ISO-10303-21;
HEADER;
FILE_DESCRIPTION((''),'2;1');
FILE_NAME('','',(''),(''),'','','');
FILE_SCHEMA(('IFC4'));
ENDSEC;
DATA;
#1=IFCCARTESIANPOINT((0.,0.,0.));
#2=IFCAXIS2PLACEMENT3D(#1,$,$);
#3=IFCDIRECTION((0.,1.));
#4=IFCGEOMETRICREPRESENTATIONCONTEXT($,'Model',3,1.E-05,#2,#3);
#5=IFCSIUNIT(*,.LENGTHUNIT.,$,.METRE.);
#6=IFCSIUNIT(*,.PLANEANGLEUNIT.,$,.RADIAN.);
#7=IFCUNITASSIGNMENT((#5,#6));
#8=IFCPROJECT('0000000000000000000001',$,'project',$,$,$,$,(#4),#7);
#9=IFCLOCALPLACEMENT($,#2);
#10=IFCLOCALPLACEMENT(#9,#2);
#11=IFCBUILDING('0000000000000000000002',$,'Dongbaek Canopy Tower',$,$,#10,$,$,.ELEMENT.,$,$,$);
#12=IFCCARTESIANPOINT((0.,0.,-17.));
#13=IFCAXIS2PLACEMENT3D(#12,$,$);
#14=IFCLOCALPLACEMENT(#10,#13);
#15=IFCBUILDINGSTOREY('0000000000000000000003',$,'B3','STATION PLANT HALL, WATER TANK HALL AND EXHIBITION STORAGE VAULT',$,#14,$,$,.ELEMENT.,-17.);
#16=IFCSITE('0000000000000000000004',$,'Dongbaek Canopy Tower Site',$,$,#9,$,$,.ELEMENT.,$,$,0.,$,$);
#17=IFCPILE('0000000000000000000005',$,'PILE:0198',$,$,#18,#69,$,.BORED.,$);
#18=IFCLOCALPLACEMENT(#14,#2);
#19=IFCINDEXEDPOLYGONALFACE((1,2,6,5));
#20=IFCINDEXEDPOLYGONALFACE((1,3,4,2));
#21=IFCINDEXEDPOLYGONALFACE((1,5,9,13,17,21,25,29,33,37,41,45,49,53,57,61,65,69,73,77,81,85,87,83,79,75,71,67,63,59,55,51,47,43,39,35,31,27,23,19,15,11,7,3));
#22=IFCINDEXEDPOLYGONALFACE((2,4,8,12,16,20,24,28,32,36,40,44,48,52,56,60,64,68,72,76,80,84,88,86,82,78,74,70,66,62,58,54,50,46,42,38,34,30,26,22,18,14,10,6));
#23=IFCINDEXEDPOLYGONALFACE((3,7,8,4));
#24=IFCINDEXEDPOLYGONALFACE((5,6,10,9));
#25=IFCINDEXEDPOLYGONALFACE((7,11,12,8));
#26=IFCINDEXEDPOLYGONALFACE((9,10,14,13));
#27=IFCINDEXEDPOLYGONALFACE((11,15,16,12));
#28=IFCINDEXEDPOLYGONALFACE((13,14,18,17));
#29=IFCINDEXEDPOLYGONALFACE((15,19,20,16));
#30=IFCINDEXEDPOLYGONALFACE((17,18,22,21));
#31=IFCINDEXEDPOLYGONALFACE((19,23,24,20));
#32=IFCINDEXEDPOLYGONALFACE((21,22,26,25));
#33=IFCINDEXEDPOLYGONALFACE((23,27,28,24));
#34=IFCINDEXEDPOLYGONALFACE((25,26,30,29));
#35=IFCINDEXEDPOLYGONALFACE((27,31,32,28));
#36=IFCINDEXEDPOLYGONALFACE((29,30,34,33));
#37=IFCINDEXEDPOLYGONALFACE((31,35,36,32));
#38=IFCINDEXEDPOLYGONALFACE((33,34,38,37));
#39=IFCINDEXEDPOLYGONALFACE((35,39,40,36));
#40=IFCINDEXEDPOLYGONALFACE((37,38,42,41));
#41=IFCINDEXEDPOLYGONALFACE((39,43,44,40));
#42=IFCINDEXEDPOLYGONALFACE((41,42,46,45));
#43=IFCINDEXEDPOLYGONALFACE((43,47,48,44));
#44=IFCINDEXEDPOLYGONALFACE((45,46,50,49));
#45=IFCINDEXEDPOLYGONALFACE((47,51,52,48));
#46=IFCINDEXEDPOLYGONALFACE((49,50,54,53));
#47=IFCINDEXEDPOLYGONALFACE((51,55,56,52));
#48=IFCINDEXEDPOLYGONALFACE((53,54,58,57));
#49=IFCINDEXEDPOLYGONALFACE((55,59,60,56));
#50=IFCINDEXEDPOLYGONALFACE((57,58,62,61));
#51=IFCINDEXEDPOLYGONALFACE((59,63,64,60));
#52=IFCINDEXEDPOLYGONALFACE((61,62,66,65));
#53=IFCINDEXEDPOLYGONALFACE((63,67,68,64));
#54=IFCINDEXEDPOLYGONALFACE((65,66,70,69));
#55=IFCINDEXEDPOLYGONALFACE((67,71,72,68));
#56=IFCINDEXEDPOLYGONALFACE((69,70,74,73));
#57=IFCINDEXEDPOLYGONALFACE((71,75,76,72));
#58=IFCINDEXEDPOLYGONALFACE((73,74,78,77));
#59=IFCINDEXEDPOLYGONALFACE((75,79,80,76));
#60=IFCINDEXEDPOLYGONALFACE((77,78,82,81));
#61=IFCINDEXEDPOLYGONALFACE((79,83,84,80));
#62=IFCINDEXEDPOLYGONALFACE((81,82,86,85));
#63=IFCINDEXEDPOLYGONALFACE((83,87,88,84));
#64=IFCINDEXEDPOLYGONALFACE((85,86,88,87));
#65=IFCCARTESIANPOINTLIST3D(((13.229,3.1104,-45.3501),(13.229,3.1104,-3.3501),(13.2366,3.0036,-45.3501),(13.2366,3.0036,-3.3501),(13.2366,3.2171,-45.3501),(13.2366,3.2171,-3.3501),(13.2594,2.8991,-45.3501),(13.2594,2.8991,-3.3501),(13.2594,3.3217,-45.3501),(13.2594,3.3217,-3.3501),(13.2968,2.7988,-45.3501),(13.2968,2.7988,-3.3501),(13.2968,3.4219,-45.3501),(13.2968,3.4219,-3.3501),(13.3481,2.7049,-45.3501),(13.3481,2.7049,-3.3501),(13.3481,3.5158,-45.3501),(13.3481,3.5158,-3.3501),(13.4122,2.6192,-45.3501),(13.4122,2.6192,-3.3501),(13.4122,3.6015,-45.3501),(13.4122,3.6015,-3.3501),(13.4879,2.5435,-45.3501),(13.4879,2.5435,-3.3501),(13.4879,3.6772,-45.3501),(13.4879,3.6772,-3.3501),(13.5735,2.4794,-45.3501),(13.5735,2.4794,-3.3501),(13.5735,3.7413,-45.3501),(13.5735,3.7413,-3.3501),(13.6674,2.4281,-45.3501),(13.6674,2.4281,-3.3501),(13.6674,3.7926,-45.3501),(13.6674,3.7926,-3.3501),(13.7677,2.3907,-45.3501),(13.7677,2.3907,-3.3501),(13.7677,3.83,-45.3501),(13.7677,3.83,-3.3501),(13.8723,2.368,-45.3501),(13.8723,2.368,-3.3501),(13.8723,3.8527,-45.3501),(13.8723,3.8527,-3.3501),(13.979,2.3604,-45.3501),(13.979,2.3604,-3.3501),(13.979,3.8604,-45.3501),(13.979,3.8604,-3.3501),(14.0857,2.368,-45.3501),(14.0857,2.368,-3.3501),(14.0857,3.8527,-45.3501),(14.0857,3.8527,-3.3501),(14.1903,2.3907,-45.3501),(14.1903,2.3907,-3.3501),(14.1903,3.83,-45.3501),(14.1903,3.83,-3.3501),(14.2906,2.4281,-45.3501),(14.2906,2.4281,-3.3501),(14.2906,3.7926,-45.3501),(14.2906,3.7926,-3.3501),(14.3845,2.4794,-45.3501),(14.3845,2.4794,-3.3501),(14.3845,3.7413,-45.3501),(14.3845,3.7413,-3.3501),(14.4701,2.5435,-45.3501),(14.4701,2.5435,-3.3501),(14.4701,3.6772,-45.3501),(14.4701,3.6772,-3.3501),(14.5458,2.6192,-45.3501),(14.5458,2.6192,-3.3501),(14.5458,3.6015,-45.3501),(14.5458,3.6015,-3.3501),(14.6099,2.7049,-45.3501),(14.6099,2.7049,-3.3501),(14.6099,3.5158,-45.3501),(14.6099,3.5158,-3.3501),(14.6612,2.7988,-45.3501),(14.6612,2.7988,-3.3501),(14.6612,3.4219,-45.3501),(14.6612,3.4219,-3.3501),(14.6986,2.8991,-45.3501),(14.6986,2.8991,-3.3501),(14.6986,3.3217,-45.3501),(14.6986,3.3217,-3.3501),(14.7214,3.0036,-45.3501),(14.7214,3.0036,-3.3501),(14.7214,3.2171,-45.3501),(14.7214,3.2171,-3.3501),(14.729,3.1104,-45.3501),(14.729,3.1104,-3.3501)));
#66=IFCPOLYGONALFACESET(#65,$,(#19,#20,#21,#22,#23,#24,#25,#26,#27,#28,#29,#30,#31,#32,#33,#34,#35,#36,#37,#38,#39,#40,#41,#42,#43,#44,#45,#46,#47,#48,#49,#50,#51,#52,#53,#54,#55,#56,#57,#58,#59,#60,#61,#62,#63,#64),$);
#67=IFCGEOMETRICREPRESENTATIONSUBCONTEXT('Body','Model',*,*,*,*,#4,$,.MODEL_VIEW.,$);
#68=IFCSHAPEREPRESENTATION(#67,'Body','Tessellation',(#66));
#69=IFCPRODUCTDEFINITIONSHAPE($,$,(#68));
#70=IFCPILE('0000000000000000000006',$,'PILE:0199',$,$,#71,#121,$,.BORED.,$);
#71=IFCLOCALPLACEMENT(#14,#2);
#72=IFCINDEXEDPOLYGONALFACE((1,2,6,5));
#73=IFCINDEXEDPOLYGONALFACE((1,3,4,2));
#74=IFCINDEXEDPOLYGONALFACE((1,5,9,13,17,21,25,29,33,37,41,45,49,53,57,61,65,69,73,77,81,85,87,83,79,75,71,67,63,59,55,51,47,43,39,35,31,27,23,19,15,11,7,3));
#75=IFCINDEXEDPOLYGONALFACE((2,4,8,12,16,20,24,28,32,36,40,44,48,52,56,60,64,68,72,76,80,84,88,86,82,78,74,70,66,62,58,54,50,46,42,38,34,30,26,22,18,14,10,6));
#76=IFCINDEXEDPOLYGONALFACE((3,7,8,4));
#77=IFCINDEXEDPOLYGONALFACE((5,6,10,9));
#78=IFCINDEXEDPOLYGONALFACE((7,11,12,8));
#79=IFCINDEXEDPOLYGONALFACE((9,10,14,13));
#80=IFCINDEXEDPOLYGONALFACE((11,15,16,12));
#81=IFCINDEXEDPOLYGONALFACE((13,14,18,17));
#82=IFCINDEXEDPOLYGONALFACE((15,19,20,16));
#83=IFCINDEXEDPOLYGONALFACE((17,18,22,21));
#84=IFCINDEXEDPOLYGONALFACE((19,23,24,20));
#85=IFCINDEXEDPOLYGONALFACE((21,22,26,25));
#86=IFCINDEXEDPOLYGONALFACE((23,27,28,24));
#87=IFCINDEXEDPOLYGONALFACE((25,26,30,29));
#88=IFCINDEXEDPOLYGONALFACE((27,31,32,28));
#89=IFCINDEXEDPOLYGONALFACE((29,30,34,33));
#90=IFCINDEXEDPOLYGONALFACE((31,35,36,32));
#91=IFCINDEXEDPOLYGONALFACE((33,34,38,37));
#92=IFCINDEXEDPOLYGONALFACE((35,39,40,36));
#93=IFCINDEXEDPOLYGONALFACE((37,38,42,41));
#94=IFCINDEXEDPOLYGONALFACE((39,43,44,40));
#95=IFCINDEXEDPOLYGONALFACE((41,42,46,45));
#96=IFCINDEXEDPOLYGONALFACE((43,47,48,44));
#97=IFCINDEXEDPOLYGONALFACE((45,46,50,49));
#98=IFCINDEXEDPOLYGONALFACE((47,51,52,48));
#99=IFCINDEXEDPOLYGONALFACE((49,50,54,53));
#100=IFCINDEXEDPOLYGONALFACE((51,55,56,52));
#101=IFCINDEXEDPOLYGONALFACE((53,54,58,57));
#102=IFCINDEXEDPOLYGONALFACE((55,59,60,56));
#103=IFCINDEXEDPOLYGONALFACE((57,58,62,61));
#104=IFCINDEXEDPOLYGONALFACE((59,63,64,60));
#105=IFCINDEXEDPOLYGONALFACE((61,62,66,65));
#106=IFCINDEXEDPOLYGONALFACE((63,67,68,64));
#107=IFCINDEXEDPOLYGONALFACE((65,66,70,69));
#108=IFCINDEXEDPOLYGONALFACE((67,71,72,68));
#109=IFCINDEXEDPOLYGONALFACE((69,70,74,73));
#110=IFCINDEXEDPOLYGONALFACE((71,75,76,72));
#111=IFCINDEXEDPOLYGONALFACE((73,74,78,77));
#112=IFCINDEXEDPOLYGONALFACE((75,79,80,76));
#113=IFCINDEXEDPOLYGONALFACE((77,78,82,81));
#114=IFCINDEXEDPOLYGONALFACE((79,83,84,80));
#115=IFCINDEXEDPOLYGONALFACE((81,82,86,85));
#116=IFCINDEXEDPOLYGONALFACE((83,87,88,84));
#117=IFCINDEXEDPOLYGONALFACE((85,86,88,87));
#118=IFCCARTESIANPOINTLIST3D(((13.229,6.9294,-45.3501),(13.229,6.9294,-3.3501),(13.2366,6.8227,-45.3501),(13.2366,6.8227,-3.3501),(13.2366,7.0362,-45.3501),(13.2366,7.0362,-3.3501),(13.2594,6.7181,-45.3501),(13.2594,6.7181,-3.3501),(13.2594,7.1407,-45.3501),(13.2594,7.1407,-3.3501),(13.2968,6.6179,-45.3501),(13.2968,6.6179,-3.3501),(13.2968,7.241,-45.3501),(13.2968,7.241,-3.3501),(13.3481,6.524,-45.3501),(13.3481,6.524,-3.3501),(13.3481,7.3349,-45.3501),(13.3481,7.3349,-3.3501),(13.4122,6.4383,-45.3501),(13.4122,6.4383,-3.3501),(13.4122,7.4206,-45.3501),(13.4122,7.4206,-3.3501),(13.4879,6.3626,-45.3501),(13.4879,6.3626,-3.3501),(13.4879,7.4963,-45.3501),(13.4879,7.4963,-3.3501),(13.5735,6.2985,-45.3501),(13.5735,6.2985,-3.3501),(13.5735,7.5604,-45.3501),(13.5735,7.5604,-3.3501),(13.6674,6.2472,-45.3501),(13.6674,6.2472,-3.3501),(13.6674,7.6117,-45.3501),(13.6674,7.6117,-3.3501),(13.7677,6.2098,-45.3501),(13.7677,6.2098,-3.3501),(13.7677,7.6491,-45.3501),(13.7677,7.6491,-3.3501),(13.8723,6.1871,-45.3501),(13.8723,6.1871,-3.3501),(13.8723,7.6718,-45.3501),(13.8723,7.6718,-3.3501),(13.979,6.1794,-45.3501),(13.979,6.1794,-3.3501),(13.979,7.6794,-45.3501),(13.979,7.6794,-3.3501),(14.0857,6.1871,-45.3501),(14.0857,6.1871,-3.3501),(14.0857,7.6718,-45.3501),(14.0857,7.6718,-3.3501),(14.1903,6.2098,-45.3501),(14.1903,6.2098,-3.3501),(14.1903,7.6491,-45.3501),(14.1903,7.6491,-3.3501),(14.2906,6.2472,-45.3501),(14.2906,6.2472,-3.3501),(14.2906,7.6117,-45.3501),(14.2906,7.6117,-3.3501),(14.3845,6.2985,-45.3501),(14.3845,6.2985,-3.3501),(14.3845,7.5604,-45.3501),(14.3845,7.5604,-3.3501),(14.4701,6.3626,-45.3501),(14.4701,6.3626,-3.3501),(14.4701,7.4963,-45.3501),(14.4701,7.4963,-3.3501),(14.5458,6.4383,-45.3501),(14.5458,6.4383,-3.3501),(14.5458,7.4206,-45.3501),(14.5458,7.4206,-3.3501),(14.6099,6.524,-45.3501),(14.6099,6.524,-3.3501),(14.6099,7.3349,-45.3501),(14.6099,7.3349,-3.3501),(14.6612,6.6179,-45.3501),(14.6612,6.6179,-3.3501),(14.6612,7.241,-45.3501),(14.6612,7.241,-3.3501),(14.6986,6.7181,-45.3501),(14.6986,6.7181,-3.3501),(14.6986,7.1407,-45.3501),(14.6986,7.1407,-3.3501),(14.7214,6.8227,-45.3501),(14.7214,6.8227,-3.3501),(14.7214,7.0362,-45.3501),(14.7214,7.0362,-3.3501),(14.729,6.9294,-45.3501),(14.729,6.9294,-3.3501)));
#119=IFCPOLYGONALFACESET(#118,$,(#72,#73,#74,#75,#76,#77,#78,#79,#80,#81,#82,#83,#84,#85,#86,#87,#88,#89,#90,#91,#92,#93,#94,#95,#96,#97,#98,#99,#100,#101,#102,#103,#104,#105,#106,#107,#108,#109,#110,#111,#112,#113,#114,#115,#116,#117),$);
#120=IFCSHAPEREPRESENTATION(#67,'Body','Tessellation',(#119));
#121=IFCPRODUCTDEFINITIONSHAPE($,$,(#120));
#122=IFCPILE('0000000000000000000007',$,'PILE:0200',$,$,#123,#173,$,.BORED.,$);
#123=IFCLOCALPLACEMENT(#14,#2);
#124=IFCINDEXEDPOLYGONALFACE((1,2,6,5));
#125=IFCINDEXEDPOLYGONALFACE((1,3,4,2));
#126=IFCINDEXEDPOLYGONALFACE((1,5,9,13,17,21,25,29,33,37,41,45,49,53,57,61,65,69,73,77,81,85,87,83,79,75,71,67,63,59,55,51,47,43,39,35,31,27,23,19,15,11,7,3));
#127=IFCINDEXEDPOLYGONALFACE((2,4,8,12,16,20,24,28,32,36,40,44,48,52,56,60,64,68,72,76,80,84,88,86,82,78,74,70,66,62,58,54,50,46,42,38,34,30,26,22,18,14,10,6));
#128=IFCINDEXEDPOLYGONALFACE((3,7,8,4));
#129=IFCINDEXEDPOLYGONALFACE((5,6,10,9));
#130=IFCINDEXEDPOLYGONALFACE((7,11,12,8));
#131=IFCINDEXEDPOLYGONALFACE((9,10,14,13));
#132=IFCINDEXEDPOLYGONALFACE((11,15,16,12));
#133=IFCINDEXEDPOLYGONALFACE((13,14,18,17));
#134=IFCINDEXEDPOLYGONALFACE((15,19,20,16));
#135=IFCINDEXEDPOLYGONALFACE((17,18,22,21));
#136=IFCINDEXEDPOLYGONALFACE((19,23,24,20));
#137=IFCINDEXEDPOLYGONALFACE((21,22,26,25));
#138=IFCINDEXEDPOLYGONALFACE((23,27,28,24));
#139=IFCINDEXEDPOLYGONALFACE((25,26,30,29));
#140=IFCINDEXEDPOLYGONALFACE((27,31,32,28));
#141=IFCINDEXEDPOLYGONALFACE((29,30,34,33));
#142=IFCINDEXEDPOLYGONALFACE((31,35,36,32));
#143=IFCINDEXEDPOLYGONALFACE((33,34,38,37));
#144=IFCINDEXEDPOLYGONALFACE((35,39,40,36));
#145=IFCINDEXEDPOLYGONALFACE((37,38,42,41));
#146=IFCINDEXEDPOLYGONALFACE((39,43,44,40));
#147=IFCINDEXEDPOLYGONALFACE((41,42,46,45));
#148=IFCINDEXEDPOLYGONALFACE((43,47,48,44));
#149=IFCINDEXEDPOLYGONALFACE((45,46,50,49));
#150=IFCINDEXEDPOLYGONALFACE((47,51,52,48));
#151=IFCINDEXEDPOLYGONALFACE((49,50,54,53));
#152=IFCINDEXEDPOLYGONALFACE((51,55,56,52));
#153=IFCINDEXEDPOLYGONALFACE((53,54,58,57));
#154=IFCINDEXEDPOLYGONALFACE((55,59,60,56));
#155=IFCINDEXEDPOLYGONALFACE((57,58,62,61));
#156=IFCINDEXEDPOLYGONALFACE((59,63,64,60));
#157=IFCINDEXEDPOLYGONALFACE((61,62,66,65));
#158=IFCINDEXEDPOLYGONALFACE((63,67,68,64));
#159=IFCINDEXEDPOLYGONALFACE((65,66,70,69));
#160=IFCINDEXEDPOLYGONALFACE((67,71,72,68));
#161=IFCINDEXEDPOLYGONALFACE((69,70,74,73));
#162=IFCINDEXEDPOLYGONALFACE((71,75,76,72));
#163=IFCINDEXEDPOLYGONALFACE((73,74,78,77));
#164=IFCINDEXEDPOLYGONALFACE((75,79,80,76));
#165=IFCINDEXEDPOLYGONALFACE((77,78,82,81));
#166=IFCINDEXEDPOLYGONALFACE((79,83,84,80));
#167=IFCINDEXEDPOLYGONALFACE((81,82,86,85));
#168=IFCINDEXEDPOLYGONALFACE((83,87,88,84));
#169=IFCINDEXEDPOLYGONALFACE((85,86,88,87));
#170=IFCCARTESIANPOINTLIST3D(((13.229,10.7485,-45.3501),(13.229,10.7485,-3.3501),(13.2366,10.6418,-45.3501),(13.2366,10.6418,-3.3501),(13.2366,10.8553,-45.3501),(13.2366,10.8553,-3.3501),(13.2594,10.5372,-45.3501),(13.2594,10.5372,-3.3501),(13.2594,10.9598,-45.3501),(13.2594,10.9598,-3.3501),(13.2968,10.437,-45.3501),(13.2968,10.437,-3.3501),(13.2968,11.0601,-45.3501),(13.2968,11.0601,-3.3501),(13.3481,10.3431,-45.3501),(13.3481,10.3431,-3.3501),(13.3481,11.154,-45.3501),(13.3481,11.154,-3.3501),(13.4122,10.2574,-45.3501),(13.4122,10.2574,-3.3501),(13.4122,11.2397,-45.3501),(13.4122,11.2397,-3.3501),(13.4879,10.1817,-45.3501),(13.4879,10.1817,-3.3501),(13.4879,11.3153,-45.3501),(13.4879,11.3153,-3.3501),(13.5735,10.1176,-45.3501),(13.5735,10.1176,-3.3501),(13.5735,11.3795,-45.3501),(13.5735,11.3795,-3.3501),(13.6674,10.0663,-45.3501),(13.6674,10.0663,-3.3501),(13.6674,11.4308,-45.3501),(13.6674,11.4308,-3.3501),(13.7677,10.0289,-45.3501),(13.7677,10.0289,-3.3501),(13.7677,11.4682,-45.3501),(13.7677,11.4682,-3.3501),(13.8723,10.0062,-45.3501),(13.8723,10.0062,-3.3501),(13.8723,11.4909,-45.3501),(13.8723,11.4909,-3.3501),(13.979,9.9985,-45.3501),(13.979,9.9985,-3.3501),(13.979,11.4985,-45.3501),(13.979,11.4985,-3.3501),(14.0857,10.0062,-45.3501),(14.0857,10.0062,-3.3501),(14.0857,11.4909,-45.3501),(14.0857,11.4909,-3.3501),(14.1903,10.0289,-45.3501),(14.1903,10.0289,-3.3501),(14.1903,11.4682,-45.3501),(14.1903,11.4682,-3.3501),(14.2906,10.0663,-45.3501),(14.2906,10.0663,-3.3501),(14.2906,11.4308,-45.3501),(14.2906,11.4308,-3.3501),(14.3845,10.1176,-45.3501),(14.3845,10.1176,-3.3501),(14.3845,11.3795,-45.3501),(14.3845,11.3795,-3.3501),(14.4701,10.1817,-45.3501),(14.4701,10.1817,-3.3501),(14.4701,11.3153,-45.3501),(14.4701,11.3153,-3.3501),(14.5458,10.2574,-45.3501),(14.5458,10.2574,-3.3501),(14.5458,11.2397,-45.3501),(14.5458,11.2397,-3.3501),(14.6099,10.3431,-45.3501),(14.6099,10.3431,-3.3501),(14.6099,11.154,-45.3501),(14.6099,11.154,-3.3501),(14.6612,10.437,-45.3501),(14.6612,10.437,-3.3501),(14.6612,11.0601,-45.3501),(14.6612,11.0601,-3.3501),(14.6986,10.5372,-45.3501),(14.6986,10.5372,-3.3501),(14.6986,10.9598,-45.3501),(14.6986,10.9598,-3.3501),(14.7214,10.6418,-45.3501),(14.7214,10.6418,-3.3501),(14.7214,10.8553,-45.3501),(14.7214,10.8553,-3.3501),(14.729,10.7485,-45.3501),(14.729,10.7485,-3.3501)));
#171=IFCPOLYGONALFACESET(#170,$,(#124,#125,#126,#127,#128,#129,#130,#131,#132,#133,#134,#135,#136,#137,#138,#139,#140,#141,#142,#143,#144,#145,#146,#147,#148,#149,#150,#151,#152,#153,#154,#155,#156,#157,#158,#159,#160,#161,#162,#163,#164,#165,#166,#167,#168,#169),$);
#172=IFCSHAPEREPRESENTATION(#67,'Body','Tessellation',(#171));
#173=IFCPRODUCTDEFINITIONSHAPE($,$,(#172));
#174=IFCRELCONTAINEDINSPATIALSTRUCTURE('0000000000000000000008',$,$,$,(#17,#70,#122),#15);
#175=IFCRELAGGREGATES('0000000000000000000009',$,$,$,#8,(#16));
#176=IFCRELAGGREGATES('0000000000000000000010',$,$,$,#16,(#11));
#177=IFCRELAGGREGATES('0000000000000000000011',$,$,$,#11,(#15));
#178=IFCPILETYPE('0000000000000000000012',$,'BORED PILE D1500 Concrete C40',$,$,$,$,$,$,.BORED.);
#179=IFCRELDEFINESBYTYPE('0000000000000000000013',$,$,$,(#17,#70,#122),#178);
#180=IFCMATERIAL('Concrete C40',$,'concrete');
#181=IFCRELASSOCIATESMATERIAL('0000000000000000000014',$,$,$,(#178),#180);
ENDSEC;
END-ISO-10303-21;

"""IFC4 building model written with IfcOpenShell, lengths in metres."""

from ifc_helpers import new_model, si_unit, direction, frame, origin, origin_2d, place, context, subcontext, project, spatial, circle, extrude, material, material_profile, profile_set, type_object, element, save


model = new_model("IFC4")

# Units and contexts
model_context = context("Model", 3, precision=1e-05, world=origin(), true_north=direction((0.0, 1.0)))
body_context = subcontext(model_context, "Body", "Model", "MODEL_VIEW")
ifc_project = project(units=[si_unit("LENGTHUNIT", "METRE"), si_unit("PLANEANGLEUNIT", "RADIAN")], contexts=[model_context])

# Site, building, storey
site_placement = place(None, origin())
site = spatial("IfcSite", under=ifc_project, at=site_placement, Name="Dongbaek Canopy Tower Site", CompositionType="ELEMENT", RefElevation=0.0)
building_placement = place(site_placement, origin())
building = spatial("IfcBuilding", under=site, at=building_placement, Name="Dongbaek Canopy Tower", CompositionType="ELEMENT")
storey_placement = place(building_placement, frame((0.0, 0.0, -17.0)))
storey = spatial("IfcBuildingStorey", under=building, at=storey_placement, Name="B3", Description="STATION PLANT HALL, WATER TANK HALL AND EXHIBITION STORAGE VAULT", CompositionType="ELEMENT", Elevation=-17.0)

# Piles
ifc_material_1 = material(Name="Concrete C40", Category="concrete")
ifc_material_profile_1 = material_profile(ifc_material_1, circle(Radius=0.75, at=origin_2d()), Name="BORED PILE D1500 Concrete C40")
ifc_profile_set_1 = profile_set([ifc_material_profile_1], Name="Concrete C40")
pile_type = type_object("IfcPileType", Name="BORED PILE D1500 Concrete C40", PredefinedType="BORED", material=ifc_profile_set_1)
for number, where, z_axis, x_axis, name in (
    (1, (13.979, 3.1104, -3.3501), (0.0, 0.0, -1.0), (1.0, 0.0, 0.0), "PILE:0198"),
    (2, (13.979, 6.9294, -3.3501), (0.0, 0.0, -1.0), (1.0, 0.0, 0.0), "PILE:0199"),
    (3, (13.979, 10.7485, -3.3501), (0.0, 0.0, -1.0), (1.0, 0.0, 0.0), "PILE:0200"),
):
    element("IfcPile", number, at=place(storey_placement, frame(where, z_axis=z_axis, x_axis=x_axis)), inside=storey, type_object=pile_type, Name=name, PredefinedType="BORED", context=body_context, shape_type="SweptSolid", body=[
        extrude(circle(Radius=0.75, at=origin_2d()), origin(), (0.0, 0.0, 1.0), 42.0),
    ])

save(model, "model.ifc")
